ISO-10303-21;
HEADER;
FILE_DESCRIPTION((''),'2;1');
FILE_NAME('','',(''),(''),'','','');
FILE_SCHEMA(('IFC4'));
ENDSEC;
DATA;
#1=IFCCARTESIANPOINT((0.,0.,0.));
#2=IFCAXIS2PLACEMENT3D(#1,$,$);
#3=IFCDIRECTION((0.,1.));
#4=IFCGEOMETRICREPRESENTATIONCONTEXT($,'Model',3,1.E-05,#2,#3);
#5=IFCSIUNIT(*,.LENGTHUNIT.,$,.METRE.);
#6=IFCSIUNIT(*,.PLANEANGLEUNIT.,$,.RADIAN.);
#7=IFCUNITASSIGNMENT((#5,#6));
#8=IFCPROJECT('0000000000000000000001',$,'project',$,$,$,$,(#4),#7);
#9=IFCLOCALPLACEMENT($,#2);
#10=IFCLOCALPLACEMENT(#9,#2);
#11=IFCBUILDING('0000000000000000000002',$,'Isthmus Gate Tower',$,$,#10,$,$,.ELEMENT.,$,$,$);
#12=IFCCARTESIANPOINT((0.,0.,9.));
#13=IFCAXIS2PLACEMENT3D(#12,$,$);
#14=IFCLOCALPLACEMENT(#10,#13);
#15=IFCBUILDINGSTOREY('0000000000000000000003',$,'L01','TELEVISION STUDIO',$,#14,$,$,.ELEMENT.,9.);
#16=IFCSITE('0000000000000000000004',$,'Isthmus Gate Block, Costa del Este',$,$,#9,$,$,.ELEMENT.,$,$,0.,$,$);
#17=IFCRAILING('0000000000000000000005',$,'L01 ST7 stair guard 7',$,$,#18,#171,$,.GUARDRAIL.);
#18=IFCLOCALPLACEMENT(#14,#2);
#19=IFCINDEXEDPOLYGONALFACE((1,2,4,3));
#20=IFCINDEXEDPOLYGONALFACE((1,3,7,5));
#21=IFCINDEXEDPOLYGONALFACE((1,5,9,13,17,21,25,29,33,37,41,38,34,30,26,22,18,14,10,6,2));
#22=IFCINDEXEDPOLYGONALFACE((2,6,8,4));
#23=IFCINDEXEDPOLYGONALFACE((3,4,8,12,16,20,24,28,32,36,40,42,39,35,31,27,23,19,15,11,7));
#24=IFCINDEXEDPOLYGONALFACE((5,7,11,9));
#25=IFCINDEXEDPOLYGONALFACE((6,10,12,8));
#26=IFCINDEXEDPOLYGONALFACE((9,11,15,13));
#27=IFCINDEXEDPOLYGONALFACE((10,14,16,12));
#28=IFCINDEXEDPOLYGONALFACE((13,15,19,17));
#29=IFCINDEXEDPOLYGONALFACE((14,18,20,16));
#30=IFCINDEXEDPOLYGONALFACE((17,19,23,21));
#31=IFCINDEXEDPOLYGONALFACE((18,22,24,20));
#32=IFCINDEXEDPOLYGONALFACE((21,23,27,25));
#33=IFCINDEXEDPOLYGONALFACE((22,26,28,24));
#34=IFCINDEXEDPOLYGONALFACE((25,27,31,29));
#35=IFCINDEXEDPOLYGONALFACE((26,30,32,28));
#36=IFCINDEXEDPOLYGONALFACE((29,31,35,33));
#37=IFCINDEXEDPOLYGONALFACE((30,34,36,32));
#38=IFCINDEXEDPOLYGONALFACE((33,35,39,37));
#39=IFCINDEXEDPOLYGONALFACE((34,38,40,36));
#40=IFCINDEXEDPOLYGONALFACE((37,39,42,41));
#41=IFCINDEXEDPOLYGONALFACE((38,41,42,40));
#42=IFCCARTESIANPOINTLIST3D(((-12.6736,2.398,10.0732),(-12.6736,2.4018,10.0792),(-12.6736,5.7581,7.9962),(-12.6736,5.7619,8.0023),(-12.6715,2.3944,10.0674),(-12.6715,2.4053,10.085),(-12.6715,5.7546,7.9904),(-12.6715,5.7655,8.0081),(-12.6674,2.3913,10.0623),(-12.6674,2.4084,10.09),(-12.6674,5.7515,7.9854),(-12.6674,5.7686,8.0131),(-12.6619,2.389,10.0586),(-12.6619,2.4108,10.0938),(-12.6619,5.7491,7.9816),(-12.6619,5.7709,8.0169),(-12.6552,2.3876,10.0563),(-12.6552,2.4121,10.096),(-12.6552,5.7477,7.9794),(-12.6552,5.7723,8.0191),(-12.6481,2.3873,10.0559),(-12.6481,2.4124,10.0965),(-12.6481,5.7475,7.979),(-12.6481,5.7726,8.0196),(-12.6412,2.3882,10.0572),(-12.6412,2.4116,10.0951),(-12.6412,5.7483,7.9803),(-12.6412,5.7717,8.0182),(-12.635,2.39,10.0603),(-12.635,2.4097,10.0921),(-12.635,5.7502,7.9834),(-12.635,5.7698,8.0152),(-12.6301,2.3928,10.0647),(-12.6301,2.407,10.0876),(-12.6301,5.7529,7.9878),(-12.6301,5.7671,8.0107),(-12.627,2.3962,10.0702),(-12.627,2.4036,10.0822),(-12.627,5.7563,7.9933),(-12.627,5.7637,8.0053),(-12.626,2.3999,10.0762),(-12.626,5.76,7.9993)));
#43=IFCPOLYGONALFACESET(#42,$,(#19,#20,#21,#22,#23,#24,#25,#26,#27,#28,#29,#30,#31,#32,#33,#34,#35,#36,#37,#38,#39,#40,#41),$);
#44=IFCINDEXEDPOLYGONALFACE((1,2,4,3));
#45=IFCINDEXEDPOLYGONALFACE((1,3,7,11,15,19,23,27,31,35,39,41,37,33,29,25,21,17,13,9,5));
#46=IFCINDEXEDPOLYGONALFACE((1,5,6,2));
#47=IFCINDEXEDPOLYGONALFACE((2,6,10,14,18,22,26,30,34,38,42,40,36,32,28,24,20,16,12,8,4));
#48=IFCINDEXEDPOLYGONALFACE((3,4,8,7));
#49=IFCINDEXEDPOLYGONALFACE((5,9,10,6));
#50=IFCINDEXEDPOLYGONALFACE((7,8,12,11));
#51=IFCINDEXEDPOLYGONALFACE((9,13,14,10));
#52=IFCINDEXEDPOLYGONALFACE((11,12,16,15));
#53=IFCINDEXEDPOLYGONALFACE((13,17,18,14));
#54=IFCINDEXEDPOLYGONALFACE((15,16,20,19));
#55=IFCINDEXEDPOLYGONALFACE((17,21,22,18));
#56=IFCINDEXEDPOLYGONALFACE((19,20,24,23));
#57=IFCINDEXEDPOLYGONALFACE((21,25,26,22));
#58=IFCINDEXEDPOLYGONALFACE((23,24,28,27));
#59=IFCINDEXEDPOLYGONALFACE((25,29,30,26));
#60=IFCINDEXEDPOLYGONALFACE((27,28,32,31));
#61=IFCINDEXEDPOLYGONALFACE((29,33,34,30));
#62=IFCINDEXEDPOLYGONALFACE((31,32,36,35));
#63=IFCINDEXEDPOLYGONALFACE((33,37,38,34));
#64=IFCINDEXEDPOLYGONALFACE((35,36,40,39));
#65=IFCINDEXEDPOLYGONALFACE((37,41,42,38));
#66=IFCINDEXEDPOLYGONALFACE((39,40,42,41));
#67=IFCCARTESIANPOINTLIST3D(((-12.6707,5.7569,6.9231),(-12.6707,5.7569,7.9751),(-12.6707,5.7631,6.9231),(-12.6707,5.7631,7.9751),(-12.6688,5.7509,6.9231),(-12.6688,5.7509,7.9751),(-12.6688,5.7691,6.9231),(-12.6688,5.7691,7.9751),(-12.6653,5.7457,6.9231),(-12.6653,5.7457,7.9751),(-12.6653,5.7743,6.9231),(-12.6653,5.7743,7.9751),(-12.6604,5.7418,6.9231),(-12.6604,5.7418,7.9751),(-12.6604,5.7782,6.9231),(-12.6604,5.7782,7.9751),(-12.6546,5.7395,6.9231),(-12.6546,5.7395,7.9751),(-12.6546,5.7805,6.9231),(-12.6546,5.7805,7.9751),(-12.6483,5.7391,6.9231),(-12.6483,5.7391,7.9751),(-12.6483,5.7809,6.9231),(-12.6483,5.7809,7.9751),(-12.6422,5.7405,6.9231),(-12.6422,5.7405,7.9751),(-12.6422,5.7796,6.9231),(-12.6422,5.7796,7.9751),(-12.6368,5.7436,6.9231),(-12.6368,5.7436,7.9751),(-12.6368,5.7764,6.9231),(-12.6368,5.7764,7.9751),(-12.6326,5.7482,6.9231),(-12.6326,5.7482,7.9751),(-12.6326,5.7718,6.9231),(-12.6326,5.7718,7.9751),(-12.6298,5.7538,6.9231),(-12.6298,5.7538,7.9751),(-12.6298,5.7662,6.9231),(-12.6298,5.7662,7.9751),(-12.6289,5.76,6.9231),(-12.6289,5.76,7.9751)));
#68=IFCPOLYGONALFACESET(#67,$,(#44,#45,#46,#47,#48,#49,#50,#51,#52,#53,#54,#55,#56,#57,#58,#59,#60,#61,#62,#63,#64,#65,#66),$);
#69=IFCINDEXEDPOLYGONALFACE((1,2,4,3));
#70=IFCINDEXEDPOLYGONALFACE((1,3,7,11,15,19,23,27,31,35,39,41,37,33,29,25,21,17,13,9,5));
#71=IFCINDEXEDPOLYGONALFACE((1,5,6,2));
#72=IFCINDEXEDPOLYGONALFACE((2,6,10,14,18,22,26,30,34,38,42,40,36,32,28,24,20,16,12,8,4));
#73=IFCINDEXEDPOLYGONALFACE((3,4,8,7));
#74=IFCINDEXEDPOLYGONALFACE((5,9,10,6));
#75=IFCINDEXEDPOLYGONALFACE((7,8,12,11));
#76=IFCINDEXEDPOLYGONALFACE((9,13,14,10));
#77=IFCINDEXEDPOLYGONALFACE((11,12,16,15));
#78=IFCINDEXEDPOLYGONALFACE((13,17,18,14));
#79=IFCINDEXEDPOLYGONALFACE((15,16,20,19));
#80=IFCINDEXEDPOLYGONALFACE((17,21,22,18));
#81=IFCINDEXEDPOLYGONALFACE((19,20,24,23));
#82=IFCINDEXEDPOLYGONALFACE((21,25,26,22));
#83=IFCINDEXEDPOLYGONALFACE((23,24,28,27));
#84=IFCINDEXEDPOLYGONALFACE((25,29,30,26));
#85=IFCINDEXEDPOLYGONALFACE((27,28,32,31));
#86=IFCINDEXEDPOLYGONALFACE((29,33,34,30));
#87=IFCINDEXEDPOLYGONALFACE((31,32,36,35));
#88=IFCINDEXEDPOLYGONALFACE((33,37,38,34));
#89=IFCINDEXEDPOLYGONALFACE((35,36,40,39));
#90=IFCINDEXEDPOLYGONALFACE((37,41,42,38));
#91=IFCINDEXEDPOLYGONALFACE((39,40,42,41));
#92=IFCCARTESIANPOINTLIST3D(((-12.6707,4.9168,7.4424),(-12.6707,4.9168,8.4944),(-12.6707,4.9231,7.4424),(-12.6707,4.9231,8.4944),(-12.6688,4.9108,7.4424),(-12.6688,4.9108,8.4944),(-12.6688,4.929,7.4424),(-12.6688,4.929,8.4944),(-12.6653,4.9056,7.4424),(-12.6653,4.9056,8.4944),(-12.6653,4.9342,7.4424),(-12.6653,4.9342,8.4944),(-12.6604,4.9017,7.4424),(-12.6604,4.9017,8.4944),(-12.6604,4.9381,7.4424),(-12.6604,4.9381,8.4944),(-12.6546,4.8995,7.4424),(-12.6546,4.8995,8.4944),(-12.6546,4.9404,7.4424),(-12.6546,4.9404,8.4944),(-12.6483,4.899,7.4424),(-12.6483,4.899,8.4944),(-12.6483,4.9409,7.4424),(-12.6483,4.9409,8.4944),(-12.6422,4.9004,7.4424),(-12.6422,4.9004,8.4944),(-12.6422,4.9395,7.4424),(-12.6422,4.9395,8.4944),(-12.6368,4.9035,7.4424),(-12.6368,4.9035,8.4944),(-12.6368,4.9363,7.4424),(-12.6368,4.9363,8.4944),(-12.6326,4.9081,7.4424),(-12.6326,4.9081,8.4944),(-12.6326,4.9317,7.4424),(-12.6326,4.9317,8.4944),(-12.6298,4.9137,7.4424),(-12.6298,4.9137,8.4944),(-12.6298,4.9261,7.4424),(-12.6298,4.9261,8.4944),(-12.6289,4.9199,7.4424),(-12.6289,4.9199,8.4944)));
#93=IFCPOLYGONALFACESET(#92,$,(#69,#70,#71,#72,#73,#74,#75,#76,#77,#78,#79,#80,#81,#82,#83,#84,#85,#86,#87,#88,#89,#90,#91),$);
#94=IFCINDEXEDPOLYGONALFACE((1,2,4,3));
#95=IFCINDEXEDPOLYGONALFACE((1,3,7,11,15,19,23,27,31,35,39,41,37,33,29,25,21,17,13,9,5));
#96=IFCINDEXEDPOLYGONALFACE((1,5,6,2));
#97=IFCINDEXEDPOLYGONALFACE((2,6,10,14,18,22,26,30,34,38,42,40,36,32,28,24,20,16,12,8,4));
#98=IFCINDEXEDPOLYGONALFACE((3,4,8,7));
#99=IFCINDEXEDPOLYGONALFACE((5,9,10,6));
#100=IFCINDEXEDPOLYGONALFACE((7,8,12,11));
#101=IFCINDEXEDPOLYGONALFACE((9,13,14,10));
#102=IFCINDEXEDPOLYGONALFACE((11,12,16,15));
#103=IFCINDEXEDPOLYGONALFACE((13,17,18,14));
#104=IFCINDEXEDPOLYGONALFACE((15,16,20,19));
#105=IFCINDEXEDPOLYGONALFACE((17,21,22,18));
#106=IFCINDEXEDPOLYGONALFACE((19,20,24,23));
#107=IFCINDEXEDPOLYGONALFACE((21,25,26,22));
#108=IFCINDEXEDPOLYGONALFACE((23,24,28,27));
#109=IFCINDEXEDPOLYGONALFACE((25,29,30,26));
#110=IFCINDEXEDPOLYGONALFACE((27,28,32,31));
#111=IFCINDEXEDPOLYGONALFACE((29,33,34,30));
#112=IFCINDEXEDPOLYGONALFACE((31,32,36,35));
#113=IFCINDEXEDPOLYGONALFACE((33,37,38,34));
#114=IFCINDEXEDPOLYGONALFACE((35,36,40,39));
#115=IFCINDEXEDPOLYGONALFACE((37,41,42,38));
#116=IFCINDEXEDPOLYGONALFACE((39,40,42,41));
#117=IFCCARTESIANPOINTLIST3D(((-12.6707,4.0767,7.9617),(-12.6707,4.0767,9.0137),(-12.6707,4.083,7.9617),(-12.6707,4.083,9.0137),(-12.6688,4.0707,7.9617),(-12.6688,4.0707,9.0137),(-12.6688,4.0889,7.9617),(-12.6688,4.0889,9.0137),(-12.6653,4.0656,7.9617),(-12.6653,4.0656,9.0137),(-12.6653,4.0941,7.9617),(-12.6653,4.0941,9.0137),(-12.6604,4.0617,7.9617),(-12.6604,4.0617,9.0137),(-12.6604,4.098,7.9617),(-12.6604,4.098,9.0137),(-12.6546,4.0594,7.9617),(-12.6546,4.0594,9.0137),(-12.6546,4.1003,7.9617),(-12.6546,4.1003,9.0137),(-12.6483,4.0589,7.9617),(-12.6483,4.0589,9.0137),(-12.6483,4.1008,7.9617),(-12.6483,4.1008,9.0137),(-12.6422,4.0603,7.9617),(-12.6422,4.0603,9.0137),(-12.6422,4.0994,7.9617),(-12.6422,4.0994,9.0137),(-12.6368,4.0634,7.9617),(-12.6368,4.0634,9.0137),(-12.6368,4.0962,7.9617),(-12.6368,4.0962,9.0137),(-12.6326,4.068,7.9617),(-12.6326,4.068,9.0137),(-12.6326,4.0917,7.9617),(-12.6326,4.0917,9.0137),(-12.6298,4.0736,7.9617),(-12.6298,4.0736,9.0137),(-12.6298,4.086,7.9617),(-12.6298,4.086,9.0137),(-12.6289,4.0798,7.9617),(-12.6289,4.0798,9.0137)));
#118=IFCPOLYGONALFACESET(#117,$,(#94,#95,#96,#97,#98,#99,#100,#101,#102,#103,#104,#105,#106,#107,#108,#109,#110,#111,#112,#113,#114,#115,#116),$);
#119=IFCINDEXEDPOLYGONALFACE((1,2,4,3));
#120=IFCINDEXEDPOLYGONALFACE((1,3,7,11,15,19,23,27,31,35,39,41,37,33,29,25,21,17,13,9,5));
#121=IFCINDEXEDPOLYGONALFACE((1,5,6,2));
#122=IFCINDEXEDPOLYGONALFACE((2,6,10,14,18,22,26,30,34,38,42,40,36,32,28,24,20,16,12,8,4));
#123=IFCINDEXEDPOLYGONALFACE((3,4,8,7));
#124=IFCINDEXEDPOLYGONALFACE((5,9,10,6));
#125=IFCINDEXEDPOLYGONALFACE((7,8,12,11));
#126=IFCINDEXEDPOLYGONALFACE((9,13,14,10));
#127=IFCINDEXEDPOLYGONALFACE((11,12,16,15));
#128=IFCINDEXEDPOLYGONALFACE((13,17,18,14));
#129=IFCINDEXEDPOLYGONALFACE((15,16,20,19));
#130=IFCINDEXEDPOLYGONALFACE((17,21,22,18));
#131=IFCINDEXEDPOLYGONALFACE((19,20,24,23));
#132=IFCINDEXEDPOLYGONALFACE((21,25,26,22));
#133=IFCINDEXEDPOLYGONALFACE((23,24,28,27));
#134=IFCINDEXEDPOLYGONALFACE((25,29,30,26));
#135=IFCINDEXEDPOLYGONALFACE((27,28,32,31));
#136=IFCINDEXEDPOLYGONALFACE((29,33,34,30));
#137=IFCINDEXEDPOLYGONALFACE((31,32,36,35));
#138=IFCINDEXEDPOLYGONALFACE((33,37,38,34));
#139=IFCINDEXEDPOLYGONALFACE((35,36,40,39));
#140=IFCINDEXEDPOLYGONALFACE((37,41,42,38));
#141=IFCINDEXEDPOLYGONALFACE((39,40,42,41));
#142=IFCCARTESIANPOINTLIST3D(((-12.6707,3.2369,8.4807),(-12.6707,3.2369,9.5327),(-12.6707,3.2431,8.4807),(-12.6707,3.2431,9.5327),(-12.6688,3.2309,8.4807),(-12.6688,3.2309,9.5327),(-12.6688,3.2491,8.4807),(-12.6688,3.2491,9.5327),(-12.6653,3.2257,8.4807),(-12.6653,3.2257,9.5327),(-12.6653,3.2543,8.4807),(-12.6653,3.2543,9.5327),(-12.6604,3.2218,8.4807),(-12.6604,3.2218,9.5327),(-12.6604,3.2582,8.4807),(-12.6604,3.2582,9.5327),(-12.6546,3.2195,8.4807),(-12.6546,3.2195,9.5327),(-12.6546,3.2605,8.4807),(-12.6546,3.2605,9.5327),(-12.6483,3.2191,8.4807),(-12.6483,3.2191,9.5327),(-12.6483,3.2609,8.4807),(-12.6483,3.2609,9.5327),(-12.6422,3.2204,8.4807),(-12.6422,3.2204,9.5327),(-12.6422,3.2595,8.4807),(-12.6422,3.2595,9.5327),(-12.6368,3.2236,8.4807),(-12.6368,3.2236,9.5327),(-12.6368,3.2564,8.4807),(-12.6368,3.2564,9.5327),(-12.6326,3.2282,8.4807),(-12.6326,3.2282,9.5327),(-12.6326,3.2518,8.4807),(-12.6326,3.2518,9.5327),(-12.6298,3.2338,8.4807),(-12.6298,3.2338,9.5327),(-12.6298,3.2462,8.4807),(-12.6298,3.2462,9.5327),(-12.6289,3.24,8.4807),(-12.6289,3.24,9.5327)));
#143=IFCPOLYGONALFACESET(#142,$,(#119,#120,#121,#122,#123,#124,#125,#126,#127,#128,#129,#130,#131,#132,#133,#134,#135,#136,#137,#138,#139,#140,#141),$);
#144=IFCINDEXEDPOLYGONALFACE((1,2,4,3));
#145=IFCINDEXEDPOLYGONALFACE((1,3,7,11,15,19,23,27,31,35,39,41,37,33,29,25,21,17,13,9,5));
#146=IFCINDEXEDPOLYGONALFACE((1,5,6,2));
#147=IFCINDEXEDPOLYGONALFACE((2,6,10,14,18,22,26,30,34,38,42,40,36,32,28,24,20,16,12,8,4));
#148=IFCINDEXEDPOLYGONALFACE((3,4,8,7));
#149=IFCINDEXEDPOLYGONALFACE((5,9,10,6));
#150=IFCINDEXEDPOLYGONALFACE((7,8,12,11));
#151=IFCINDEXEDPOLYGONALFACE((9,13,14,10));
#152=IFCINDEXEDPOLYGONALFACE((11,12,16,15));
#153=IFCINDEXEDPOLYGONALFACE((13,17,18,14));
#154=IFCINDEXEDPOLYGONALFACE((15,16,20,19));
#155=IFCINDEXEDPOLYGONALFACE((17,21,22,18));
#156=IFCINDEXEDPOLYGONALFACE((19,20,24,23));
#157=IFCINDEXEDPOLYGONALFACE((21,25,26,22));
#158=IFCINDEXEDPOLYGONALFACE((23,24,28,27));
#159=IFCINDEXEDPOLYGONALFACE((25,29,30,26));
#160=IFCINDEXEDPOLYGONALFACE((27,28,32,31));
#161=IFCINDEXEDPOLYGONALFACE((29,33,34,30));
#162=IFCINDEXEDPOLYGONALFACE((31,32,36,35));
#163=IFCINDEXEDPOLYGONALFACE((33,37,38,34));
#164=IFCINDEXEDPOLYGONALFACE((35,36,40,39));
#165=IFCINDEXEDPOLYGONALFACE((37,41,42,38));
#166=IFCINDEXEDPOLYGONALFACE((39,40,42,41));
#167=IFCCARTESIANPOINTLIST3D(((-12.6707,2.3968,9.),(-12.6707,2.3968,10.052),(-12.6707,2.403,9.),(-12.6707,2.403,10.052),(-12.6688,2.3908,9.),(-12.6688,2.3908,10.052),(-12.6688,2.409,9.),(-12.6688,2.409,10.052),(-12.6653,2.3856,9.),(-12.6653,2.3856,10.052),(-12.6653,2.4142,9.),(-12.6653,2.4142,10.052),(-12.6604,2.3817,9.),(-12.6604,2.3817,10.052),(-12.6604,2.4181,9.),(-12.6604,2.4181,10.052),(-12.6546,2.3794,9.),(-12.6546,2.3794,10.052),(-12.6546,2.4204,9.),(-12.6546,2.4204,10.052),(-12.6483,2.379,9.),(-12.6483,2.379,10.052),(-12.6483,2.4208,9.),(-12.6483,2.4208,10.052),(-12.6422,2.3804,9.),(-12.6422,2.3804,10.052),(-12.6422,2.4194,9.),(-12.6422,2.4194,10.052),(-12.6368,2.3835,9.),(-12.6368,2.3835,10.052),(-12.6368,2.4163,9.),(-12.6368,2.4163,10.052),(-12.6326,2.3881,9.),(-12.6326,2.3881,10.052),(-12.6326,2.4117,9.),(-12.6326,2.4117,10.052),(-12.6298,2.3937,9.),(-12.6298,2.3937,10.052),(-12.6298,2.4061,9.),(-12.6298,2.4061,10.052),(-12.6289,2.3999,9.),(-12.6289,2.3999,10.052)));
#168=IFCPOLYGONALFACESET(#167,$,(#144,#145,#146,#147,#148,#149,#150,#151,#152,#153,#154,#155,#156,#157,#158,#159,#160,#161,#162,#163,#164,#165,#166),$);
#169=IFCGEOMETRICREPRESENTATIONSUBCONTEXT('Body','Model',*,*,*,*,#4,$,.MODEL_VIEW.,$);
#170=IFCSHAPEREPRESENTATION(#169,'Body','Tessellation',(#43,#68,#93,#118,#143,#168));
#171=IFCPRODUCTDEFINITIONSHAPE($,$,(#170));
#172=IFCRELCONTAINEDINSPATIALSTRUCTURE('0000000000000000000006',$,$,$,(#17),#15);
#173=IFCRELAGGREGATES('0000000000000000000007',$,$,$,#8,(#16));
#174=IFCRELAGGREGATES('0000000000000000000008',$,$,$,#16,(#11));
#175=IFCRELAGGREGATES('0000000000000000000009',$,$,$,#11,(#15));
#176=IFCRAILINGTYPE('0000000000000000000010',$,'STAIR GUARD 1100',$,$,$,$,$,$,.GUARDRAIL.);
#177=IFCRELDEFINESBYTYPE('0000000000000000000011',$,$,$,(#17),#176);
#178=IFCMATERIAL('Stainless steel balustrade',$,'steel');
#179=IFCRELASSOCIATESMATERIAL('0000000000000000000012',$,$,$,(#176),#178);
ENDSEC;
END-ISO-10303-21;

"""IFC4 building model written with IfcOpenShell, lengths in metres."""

from ifc_helpers import new_model, si_unit, direction, frame, origin, origin_2d, place, context, subcontext, project, spatial, circle, extrude, material, type_object, element, save


model = new_model("IFC4")

# Units and contexts
model_context = context("Model", 3, precision=1e-05, world=origin(), true_north=direction((0.0, 1.0)))
body_context = subcontext(model_context, "Body", "Model", "MODEL_VIEW")
ifc_project = project(units=[si_unit("LENGTHUNIT", "METRE"), si_unit("PLANEANGLEUNIT", "RADIAN")], contexts=[model_context])

# Site, building, storey
site_placement = place(None, origin())
site = spatial("IfcSite", under=ifc_project, at=site_placement, Name="Isthmus Gate Block, Costa del Este", CompositionType="ELEMENT", RefElevation=0.0)
building_placement = place(site_placement, origin())
building = spatial("IfcBuilding", under=site, at=building_placement, Name="Isthmus Gate Tower", CompositionType="ELEMENT")
storey_placement = place(building_placement, frame((0.0, 0.0, 9.0)))
storey = spatial("IfcBuildingStorey", under=building, at=storey_placement, Name="L01", Description="TELEVISION STUDIO", CompositionType="ELEMENT", Elevation=9.0)

# Railing
ifc_material_1 = material(Name="Stainless steel balustrade", Category="steel")
railing_type_1 = type_object("IfcRailingType", Name="STAIR GUARD 1100", PredefinedType="GUARDRAIL", material=ifc_material_1)
railing_1_placement = place(storey_placement, frame((-12.6499, 5.76, 6.9231)))
element("IfcRailing", 1, at=railing_1_placement, inside=storey, type_object=railing_type_1, Name="L01 ST7 stair guard 7", PredefinedType="GUARDRAIL", context=body_context, shape_type="SweptSolid", body=[
    extrude(circle(Radius=0.0239, at=origin_2d()), frame((0.0, 0.0, 1.0762), z_axis=(0.0, -0.850623, 0.525776), x_axis=(1.0, 0.0, 0.0)), (0.0, 0.0, 1.0), 3.9502),
    extrude(circle(Radius=0.021, at=origin_2d()), origin(), (0.0, 0.0, 1.0), 1.052),
    extrude(circle(Radius=0.021, at=origin_2d()), frame((0.0, -0.8401, 0.5193)), (0.0, 0.0, 1.0), 1.052),
    extrude(circle(Radius=0.021, at=origin_2d()), frame((0.0, -1.6802, 1.0386)), (0.0, 0.0, 1.0), 1.052),
    extrude(circle(Radius=0.021, at=origin_2d()), frame((0.0, -2.52, 1.5576)), (0.0, 0.0, 1.0), 1.052),
    extrude(circle(Radius=0.021, at=origin_2d()), frame((0.0, -3.3601, 2.0769)), (0.0, 0.0, 1.0), 1.052),
])

save(model, "model.ifc")
